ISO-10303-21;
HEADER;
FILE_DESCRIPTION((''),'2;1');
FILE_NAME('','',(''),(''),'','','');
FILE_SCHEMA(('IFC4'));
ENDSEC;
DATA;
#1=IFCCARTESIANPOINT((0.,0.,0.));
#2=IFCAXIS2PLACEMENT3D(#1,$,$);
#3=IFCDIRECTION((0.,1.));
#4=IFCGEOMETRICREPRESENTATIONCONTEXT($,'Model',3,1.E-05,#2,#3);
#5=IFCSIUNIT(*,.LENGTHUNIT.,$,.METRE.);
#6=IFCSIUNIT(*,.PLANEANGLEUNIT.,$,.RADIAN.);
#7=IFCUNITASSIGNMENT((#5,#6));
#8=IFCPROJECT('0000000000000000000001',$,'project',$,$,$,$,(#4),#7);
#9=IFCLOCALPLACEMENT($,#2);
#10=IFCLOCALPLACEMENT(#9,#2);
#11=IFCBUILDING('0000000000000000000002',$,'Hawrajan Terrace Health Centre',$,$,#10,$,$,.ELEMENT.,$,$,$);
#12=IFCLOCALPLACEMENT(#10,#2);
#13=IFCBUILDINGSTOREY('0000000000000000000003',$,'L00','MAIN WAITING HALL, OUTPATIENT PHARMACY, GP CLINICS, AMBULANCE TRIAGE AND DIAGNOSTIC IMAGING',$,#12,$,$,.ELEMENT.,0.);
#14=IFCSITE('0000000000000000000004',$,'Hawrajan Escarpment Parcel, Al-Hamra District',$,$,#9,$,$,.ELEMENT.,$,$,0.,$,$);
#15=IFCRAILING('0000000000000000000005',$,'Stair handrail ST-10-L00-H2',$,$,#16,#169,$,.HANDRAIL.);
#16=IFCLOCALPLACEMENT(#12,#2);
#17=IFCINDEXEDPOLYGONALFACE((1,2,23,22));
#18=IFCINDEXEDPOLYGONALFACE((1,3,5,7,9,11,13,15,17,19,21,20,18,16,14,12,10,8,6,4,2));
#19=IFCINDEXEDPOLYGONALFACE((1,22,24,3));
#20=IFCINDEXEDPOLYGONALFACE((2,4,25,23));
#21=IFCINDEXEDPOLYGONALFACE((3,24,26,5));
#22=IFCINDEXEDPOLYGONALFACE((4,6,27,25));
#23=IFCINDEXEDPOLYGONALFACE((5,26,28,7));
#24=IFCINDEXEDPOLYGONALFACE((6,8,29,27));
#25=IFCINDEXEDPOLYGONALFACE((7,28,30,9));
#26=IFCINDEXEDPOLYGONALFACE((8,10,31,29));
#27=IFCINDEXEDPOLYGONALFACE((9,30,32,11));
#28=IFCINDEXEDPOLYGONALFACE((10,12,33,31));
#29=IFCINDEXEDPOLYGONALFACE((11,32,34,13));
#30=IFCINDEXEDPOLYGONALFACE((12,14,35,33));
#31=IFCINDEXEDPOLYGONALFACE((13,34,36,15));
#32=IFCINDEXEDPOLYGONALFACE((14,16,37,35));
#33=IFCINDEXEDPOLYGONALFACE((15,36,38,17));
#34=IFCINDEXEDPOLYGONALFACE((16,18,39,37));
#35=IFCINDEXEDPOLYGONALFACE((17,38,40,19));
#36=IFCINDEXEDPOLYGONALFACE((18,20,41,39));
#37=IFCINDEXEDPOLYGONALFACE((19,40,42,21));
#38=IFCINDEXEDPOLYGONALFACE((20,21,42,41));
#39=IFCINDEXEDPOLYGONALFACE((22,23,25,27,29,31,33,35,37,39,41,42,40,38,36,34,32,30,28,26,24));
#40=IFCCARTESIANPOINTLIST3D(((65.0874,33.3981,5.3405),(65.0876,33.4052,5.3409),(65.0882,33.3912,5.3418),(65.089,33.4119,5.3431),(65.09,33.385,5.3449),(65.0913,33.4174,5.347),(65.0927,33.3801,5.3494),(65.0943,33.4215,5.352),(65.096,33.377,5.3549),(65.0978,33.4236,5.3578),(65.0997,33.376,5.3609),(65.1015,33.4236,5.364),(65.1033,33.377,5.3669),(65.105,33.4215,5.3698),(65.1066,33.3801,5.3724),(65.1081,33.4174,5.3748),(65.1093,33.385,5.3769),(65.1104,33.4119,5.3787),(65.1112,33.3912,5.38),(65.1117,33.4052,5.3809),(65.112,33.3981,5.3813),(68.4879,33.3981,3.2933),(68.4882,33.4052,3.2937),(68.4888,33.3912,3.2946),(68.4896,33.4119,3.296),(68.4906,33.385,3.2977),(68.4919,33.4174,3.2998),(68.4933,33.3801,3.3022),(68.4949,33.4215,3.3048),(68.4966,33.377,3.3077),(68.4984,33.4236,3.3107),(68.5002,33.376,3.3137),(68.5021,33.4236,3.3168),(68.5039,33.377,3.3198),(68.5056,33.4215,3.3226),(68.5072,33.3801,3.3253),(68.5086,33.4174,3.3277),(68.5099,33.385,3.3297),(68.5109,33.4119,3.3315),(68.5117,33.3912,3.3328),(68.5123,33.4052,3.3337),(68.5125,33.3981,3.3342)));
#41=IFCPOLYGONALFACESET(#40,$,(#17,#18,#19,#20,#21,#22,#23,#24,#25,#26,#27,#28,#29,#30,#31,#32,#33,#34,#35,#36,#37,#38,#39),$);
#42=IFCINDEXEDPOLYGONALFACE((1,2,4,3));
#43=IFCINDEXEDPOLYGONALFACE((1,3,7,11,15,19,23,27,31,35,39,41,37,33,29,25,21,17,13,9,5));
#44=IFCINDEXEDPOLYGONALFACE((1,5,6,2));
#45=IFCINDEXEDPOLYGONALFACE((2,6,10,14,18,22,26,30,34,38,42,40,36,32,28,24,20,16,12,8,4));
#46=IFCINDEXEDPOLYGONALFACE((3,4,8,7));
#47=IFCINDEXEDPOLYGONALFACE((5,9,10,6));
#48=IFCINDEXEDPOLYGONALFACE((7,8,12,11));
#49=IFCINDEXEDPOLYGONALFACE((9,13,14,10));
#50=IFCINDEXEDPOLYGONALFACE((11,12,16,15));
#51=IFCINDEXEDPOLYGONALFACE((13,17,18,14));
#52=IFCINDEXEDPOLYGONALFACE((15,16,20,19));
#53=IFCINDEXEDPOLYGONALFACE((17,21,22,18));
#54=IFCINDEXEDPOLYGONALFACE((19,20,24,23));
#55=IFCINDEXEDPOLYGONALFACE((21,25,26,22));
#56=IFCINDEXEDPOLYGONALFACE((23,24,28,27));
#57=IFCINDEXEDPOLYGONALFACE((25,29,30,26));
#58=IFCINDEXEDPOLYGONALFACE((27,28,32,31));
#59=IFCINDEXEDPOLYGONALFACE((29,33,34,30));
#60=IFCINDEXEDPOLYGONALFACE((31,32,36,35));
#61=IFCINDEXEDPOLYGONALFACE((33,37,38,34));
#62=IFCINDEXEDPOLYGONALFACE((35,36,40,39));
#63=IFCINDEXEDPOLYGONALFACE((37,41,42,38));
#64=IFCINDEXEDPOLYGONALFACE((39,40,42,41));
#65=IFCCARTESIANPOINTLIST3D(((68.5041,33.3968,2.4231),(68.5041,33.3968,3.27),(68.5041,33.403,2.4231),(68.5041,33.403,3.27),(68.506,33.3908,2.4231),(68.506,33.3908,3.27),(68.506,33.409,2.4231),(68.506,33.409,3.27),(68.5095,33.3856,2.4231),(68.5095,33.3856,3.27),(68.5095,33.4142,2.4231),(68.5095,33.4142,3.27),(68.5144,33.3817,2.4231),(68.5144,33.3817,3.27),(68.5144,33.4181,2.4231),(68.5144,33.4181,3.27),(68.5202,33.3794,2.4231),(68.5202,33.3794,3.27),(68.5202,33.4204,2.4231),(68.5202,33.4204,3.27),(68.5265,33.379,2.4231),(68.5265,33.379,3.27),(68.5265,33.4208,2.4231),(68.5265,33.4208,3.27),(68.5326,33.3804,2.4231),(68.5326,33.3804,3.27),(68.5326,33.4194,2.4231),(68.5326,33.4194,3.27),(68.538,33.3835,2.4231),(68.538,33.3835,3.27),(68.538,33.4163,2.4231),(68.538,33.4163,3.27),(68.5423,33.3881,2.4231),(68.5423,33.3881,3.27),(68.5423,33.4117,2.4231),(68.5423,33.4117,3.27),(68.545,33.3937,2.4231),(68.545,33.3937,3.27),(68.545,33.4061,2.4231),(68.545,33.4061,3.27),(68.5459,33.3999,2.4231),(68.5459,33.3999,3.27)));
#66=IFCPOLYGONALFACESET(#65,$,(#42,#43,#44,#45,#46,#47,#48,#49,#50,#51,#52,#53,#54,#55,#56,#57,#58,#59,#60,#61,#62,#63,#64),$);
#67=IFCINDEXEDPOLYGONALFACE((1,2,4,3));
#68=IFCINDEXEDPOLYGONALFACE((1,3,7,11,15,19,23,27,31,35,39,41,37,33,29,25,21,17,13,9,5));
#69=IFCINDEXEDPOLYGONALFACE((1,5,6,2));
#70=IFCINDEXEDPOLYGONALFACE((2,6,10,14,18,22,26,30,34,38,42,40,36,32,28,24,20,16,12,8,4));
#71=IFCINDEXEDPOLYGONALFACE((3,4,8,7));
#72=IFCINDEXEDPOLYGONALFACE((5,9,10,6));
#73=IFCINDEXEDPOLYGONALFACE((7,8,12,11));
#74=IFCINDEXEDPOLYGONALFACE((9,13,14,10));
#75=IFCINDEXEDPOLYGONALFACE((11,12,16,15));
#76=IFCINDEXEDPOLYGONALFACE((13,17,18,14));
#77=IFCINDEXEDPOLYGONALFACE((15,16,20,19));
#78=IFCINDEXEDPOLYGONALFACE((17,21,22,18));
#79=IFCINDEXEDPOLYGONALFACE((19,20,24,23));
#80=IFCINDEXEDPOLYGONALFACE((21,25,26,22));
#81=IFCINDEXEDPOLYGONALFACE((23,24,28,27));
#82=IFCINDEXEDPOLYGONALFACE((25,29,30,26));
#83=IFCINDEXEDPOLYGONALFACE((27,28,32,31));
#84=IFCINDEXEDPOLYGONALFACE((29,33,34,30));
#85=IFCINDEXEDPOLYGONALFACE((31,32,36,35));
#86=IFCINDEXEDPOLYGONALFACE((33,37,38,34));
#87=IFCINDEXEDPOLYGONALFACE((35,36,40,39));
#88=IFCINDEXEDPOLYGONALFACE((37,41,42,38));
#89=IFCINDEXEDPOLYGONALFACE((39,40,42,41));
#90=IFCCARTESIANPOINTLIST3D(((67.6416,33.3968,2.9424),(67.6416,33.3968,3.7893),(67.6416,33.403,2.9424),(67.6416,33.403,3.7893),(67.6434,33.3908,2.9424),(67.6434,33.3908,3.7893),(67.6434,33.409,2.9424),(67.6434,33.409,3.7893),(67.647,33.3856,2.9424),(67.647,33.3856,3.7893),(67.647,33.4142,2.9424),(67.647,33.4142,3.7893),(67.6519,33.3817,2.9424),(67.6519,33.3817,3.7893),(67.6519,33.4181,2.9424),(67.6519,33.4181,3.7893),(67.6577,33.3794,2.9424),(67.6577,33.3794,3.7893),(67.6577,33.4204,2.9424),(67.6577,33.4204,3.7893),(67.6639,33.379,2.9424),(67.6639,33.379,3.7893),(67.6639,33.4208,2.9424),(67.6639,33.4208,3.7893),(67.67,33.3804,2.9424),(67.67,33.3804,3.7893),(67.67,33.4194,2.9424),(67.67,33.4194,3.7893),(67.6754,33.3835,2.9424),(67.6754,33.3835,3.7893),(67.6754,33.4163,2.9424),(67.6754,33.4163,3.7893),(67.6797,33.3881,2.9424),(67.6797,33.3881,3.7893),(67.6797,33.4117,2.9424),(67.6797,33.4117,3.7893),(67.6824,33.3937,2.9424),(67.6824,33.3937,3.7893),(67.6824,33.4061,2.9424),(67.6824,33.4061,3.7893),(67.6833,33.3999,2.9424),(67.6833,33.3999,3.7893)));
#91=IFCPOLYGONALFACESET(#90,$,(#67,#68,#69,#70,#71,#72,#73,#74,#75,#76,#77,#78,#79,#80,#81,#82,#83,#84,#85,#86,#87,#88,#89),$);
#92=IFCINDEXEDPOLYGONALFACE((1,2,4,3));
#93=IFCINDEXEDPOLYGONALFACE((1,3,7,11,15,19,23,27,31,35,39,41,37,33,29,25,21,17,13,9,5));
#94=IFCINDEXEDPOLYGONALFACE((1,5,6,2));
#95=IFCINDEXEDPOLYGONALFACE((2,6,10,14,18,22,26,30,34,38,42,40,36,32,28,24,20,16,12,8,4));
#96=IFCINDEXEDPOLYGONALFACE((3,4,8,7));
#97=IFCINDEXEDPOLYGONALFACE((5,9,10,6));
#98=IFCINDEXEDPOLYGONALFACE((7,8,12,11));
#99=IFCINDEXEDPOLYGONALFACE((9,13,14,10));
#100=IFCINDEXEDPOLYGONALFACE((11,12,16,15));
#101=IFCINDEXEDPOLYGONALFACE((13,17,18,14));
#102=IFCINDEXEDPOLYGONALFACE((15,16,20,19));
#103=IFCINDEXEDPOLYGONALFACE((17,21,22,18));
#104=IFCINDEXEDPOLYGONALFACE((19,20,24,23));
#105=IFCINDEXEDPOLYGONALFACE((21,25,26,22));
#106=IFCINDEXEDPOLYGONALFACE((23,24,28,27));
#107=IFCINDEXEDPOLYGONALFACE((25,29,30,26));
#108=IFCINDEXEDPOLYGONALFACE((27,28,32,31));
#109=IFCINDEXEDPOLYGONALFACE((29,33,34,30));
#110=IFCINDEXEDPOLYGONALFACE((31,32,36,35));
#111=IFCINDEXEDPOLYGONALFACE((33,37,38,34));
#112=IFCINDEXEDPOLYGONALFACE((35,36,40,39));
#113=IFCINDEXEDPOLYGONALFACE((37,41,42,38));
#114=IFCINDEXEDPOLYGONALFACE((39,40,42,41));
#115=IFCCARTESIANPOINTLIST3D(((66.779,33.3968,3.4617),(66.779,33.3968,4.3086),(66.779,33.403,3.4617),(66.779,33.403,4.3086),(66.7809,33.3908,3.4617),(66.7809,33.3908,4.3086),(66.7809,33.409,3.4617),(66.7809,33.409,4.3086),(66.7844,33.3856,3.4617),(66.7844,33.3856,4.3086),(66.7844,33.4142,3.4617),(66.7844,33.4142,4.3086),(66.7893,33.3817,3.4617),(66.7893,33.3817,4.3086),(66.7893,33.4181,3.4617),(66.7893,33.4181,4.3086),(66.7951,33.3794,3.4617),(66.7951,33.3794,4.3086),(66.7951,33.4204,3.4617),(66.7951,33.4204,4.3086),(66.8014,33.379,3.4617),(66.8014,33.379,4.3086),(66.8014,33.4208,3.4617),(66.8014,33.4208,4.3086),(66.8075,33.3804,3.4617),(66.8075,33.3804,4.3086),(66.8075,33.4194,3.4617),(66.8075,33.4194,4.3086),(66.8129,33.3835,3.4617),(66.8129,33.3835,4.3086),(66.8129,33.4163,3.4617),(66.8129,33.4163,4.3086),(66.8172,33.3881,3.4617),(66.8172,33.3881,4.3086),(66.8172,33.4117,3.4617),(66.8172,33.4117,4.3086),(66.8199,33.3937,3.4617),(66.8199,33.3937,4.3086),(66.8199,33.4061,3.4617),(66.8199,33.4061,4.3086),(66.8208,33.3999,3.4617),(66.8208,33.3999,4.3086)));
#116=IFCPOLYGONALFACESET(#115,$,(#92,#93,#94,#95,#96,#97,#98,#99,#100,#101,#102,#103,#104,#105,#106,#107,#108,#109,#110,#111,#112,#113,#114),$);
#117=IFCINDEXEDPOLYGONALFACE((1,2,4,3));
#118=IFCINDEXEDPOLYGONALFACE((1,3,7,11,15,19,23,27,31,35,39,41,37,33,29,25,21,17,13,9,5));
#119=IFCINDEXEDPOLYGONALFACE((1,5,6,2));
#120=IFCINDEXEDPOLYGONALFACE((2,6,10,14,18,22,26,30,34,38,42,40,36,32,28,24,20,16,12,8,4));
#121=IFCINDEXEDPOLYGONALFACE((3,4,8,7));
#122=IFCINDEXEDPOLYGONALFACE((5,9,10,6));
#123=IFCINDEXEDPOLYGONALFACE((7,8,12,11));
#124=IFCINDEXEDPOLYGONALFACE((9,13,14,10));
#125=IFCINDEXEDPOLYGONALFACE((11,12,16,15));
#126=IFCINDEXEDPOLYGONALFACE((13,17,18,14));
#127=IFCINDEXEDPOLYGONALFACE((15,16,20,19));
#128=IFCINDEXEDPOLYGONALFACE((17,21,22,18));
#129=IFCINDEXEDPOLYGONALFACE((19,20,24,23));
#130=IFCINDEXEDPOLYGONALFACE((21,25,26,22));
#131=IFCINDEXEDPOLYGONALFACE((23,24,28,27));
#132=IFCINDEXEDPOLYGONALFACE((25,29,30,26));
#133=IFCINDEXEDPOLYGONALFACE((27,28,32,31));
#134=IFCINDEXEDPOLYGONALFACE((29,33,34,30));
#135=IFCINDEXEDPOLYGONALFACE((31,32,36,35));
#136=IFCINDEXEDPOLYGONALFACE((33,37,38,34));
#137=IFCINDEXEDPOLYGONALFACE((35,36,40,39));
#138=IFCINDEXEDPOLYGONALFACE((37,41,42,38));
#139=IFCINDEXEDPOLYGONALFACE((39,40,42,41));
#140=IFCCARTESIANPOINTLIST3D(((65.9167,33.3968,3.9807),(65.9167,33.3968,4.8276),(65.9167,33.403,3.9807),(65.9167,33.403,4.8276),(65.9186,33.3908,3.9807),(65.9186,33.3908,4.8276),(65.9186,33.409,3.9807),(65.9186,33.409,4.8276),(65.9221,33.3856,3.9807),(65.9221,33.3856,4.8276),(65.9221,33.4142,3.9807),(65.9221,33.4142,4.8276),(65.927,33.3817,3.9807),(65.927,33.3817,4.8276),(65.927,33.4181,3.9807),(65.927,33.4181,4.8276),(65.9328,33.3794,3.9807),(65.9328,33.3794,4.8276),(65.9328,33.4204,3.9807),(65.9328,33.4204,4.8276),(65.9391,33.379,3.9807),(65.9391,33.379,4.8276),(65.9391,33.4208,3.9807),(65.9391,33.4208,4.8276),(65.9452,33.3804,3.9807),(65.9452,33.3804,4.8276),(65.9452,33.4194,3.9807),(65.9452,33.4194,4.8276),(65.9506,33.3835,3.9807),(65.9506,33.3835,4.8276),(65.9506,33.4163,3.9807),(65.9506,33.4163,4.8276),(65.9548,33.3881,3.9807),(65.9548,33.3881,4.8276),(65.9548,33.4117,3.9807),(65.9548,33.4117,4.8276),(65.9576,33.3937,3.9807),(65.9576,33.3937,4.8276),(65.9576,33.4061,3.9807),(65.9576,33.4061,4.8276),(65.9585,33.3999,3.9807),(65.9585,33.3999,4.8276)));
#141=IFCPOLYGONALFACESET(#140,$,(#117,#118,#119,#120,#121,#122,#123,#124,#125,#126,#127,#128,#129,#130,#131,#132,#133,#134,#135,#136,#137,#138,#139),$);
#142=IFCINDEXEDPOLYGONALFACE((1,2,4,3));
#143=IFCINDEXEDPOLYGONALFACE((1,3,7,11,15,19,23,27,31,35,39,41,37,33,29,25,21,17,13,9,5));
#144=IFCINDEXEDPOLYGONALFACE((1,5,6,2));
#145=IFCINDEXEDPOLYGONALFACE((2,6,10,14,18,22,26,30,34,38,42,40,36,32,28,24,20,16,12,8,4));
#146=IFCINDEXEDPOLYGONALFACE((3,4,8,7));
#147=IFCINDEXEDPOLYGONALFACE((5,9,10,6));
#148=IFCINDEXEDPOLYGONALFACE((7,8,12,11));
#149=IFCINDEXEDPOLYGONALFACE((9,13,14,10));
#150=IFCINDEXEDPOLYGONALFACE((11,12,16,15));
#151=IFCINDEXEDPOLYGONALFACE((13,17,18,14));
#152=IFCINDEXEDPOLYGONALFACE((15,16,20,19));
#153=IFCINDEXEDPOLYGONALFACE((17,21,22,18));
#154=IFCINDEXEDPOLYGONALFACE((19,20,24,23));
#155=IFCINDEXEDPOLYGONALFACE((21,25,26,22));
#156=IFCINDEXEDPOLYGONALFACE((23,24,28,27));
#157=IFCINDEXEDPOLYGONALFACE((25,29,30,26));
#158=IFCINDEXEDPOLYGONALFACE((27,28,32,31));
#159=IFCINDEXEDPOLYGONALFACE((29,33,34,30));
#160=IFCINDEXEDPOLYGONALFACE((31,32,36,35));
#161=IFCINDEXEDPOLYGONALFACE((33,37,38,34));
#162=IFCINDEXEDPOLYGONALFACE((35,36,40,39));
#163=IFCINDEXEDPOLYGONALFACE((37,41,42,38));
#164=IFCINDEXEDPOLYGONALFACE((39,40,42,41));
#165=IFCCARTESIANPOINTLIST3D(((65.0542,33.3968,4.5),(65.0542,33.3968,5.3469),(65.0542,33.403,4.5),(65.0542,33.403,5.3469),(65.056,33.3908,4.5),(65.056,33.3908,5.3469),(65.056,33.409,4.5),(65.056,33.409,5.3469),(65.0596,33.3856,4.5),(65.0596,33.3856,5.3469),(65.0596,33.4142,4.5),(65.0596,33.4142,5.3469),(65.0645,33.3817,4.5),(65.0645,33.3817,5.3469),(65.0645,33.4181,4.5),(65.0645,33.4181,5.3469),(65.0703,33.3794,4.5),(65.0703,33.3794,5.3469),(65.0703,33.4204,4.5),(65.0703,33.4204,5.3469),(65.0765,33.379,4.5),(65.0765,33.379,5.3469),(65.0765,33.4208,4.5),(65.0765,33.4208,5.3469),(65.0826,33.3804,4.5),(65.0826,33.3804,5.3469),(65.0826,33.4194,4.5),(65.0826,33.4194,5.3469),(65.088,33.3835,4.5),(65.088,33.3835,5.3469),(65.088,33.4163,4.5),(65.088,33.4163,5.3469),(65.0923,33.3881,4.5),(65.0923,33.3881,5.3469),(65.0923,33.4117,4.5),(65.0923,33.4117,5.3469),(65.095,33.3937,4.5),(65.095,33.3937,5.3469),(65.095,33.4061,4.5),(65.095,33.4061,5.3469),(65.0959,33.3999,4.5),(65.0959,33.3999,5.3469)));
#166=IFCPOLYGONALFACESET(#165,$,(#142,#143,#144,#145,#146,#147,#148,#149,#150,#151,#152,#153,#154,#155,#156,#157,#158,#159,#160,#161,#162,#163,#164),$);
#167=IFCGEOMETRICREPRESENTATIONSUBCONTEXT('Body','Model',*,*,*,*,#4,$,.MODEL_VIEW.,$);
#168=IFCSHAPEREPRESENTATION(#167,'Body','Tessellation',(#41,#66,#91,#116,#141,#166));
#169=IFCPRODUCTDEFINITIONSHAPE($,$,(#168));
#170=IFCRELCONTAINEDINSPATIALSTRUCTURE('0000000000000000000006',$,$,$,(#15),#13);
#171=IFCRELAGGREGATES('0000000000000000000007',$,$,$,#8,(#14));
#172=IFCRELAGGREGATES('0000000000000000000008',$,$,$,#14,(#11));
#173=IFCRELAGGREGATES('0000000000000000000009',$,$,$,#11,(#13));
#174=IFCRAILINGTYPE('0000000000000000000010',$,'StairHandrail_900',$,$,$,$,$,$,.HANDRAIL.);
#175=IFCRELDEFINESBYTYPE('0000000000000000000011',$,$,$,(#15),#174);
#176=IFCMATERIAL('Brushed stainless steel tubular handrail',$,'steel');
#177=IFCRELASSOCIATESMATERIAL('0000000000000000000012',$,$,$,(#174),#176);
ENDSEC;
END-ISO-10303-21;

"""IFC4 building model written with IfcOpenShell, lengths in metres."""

from ifc_helpers import new_model, si_unit, direction, frame, origin, origin_2d, place, context, subcontext, project, spatial, circle, extrude, material, type_object, element, save


model = new_model("IFC4")

# Units and contexts
model_context = context("Model", 3, precision=1e-05, world=origin(), true_north=direction((0.0, 1.0)))
body_context = subcontext(model_context, "Body", "Model", "MODEL_VIEW")
ifc_project = project(units=[si_unit("LENGTHUNIT", "METRE"), si_unit("PLANEANGLEUNIT", "RADIAN")], contexts=[model_context])

# Site, building, storey
site_placement = place(None, origin())
site = spatial("IfcSite", under=ifc_project, at=site_placement, Name="Hawrajan Escarpment Parcel, Al-Hamra District", CompositionType="ELEMENT", RefElevation=0.0)
building_placement = place(site_placement, origin())
building = spatial("IfcBuilding", under=site, at=building_placement, Name="Hawrajan Terrace Health Centre", CompositionType="ELEMENT")
storey_placement = place(building_placement, origin())
storey = spatial("IfcBuildingStorey", under=building, at=storey_placement, Name="L00", Description="MAIN WAITING HALL, OUTPATIENT PHARMACY, GP CLINICS, AMBULANCE TRIAGE AND DIAGNOSTIC IMAGING", CompositionType="ELEMENT", Elevation=0.0)

# Railing
ifc_material_1 = material(Name="Brushed stainless steel tubular handrail", Category="steel")
railing_type_1 = type_object("IfcRailingType", Name="StairHandrail_900", PredefinedType="HANDRAIL", material=ifc_material_1)
railing_1_placement = place(storey_placement, frame((68.5249, 33.3999, 2.4231)))
element("IfcRailing", 1, at=railing_1_placement, inside=storey, type_object=railing_type_1, Name="Stair handrail ST-10-L00-H2", PredefinedType="HANDRAIL", context=body_context, shape_type="SweptSolid", body=[
    extrude(circle(Radius=0.0239, at=origin_2d()), frame((-0.0247, 0.0, 0.8906), z_axis=(-0.856732, 0.0, 0.515761), x_axis=(0.0, -1.0, 0.0)), (0.0, 0.0, 1.0), 3.9692),
    extrude(circle(Radius=0.021, at=origin_2d()), origin(), (0.0, 0.0, 1.0), 0.8469),
    extrude(circle(Radius=0.021, at=origin_2d()), frame((-0.8625, 0.0, 0.5193)), (0.0, 0.0, 1.0), 0.8469),
    extrude(circle(Radius=0.021, at=origin_2d()), frame((-1.7251, 0.0, 1.0386)), (0.0, 0.0, 1.0), 0.8469),
    extrude(circle(Radius=0.021, at=origin_2d()), frame((-2.5874, 0.0, 1.5576)), (0.0, 0.0, 1.0), 0.8469),
    extrude(circle(Radius=0.021, at=origin_2d()), frame((-3.45, 0.0, 2.0769)), (0.0, 0.0, 1.0), 0.8469),
])

save(model, "model.ifc")
